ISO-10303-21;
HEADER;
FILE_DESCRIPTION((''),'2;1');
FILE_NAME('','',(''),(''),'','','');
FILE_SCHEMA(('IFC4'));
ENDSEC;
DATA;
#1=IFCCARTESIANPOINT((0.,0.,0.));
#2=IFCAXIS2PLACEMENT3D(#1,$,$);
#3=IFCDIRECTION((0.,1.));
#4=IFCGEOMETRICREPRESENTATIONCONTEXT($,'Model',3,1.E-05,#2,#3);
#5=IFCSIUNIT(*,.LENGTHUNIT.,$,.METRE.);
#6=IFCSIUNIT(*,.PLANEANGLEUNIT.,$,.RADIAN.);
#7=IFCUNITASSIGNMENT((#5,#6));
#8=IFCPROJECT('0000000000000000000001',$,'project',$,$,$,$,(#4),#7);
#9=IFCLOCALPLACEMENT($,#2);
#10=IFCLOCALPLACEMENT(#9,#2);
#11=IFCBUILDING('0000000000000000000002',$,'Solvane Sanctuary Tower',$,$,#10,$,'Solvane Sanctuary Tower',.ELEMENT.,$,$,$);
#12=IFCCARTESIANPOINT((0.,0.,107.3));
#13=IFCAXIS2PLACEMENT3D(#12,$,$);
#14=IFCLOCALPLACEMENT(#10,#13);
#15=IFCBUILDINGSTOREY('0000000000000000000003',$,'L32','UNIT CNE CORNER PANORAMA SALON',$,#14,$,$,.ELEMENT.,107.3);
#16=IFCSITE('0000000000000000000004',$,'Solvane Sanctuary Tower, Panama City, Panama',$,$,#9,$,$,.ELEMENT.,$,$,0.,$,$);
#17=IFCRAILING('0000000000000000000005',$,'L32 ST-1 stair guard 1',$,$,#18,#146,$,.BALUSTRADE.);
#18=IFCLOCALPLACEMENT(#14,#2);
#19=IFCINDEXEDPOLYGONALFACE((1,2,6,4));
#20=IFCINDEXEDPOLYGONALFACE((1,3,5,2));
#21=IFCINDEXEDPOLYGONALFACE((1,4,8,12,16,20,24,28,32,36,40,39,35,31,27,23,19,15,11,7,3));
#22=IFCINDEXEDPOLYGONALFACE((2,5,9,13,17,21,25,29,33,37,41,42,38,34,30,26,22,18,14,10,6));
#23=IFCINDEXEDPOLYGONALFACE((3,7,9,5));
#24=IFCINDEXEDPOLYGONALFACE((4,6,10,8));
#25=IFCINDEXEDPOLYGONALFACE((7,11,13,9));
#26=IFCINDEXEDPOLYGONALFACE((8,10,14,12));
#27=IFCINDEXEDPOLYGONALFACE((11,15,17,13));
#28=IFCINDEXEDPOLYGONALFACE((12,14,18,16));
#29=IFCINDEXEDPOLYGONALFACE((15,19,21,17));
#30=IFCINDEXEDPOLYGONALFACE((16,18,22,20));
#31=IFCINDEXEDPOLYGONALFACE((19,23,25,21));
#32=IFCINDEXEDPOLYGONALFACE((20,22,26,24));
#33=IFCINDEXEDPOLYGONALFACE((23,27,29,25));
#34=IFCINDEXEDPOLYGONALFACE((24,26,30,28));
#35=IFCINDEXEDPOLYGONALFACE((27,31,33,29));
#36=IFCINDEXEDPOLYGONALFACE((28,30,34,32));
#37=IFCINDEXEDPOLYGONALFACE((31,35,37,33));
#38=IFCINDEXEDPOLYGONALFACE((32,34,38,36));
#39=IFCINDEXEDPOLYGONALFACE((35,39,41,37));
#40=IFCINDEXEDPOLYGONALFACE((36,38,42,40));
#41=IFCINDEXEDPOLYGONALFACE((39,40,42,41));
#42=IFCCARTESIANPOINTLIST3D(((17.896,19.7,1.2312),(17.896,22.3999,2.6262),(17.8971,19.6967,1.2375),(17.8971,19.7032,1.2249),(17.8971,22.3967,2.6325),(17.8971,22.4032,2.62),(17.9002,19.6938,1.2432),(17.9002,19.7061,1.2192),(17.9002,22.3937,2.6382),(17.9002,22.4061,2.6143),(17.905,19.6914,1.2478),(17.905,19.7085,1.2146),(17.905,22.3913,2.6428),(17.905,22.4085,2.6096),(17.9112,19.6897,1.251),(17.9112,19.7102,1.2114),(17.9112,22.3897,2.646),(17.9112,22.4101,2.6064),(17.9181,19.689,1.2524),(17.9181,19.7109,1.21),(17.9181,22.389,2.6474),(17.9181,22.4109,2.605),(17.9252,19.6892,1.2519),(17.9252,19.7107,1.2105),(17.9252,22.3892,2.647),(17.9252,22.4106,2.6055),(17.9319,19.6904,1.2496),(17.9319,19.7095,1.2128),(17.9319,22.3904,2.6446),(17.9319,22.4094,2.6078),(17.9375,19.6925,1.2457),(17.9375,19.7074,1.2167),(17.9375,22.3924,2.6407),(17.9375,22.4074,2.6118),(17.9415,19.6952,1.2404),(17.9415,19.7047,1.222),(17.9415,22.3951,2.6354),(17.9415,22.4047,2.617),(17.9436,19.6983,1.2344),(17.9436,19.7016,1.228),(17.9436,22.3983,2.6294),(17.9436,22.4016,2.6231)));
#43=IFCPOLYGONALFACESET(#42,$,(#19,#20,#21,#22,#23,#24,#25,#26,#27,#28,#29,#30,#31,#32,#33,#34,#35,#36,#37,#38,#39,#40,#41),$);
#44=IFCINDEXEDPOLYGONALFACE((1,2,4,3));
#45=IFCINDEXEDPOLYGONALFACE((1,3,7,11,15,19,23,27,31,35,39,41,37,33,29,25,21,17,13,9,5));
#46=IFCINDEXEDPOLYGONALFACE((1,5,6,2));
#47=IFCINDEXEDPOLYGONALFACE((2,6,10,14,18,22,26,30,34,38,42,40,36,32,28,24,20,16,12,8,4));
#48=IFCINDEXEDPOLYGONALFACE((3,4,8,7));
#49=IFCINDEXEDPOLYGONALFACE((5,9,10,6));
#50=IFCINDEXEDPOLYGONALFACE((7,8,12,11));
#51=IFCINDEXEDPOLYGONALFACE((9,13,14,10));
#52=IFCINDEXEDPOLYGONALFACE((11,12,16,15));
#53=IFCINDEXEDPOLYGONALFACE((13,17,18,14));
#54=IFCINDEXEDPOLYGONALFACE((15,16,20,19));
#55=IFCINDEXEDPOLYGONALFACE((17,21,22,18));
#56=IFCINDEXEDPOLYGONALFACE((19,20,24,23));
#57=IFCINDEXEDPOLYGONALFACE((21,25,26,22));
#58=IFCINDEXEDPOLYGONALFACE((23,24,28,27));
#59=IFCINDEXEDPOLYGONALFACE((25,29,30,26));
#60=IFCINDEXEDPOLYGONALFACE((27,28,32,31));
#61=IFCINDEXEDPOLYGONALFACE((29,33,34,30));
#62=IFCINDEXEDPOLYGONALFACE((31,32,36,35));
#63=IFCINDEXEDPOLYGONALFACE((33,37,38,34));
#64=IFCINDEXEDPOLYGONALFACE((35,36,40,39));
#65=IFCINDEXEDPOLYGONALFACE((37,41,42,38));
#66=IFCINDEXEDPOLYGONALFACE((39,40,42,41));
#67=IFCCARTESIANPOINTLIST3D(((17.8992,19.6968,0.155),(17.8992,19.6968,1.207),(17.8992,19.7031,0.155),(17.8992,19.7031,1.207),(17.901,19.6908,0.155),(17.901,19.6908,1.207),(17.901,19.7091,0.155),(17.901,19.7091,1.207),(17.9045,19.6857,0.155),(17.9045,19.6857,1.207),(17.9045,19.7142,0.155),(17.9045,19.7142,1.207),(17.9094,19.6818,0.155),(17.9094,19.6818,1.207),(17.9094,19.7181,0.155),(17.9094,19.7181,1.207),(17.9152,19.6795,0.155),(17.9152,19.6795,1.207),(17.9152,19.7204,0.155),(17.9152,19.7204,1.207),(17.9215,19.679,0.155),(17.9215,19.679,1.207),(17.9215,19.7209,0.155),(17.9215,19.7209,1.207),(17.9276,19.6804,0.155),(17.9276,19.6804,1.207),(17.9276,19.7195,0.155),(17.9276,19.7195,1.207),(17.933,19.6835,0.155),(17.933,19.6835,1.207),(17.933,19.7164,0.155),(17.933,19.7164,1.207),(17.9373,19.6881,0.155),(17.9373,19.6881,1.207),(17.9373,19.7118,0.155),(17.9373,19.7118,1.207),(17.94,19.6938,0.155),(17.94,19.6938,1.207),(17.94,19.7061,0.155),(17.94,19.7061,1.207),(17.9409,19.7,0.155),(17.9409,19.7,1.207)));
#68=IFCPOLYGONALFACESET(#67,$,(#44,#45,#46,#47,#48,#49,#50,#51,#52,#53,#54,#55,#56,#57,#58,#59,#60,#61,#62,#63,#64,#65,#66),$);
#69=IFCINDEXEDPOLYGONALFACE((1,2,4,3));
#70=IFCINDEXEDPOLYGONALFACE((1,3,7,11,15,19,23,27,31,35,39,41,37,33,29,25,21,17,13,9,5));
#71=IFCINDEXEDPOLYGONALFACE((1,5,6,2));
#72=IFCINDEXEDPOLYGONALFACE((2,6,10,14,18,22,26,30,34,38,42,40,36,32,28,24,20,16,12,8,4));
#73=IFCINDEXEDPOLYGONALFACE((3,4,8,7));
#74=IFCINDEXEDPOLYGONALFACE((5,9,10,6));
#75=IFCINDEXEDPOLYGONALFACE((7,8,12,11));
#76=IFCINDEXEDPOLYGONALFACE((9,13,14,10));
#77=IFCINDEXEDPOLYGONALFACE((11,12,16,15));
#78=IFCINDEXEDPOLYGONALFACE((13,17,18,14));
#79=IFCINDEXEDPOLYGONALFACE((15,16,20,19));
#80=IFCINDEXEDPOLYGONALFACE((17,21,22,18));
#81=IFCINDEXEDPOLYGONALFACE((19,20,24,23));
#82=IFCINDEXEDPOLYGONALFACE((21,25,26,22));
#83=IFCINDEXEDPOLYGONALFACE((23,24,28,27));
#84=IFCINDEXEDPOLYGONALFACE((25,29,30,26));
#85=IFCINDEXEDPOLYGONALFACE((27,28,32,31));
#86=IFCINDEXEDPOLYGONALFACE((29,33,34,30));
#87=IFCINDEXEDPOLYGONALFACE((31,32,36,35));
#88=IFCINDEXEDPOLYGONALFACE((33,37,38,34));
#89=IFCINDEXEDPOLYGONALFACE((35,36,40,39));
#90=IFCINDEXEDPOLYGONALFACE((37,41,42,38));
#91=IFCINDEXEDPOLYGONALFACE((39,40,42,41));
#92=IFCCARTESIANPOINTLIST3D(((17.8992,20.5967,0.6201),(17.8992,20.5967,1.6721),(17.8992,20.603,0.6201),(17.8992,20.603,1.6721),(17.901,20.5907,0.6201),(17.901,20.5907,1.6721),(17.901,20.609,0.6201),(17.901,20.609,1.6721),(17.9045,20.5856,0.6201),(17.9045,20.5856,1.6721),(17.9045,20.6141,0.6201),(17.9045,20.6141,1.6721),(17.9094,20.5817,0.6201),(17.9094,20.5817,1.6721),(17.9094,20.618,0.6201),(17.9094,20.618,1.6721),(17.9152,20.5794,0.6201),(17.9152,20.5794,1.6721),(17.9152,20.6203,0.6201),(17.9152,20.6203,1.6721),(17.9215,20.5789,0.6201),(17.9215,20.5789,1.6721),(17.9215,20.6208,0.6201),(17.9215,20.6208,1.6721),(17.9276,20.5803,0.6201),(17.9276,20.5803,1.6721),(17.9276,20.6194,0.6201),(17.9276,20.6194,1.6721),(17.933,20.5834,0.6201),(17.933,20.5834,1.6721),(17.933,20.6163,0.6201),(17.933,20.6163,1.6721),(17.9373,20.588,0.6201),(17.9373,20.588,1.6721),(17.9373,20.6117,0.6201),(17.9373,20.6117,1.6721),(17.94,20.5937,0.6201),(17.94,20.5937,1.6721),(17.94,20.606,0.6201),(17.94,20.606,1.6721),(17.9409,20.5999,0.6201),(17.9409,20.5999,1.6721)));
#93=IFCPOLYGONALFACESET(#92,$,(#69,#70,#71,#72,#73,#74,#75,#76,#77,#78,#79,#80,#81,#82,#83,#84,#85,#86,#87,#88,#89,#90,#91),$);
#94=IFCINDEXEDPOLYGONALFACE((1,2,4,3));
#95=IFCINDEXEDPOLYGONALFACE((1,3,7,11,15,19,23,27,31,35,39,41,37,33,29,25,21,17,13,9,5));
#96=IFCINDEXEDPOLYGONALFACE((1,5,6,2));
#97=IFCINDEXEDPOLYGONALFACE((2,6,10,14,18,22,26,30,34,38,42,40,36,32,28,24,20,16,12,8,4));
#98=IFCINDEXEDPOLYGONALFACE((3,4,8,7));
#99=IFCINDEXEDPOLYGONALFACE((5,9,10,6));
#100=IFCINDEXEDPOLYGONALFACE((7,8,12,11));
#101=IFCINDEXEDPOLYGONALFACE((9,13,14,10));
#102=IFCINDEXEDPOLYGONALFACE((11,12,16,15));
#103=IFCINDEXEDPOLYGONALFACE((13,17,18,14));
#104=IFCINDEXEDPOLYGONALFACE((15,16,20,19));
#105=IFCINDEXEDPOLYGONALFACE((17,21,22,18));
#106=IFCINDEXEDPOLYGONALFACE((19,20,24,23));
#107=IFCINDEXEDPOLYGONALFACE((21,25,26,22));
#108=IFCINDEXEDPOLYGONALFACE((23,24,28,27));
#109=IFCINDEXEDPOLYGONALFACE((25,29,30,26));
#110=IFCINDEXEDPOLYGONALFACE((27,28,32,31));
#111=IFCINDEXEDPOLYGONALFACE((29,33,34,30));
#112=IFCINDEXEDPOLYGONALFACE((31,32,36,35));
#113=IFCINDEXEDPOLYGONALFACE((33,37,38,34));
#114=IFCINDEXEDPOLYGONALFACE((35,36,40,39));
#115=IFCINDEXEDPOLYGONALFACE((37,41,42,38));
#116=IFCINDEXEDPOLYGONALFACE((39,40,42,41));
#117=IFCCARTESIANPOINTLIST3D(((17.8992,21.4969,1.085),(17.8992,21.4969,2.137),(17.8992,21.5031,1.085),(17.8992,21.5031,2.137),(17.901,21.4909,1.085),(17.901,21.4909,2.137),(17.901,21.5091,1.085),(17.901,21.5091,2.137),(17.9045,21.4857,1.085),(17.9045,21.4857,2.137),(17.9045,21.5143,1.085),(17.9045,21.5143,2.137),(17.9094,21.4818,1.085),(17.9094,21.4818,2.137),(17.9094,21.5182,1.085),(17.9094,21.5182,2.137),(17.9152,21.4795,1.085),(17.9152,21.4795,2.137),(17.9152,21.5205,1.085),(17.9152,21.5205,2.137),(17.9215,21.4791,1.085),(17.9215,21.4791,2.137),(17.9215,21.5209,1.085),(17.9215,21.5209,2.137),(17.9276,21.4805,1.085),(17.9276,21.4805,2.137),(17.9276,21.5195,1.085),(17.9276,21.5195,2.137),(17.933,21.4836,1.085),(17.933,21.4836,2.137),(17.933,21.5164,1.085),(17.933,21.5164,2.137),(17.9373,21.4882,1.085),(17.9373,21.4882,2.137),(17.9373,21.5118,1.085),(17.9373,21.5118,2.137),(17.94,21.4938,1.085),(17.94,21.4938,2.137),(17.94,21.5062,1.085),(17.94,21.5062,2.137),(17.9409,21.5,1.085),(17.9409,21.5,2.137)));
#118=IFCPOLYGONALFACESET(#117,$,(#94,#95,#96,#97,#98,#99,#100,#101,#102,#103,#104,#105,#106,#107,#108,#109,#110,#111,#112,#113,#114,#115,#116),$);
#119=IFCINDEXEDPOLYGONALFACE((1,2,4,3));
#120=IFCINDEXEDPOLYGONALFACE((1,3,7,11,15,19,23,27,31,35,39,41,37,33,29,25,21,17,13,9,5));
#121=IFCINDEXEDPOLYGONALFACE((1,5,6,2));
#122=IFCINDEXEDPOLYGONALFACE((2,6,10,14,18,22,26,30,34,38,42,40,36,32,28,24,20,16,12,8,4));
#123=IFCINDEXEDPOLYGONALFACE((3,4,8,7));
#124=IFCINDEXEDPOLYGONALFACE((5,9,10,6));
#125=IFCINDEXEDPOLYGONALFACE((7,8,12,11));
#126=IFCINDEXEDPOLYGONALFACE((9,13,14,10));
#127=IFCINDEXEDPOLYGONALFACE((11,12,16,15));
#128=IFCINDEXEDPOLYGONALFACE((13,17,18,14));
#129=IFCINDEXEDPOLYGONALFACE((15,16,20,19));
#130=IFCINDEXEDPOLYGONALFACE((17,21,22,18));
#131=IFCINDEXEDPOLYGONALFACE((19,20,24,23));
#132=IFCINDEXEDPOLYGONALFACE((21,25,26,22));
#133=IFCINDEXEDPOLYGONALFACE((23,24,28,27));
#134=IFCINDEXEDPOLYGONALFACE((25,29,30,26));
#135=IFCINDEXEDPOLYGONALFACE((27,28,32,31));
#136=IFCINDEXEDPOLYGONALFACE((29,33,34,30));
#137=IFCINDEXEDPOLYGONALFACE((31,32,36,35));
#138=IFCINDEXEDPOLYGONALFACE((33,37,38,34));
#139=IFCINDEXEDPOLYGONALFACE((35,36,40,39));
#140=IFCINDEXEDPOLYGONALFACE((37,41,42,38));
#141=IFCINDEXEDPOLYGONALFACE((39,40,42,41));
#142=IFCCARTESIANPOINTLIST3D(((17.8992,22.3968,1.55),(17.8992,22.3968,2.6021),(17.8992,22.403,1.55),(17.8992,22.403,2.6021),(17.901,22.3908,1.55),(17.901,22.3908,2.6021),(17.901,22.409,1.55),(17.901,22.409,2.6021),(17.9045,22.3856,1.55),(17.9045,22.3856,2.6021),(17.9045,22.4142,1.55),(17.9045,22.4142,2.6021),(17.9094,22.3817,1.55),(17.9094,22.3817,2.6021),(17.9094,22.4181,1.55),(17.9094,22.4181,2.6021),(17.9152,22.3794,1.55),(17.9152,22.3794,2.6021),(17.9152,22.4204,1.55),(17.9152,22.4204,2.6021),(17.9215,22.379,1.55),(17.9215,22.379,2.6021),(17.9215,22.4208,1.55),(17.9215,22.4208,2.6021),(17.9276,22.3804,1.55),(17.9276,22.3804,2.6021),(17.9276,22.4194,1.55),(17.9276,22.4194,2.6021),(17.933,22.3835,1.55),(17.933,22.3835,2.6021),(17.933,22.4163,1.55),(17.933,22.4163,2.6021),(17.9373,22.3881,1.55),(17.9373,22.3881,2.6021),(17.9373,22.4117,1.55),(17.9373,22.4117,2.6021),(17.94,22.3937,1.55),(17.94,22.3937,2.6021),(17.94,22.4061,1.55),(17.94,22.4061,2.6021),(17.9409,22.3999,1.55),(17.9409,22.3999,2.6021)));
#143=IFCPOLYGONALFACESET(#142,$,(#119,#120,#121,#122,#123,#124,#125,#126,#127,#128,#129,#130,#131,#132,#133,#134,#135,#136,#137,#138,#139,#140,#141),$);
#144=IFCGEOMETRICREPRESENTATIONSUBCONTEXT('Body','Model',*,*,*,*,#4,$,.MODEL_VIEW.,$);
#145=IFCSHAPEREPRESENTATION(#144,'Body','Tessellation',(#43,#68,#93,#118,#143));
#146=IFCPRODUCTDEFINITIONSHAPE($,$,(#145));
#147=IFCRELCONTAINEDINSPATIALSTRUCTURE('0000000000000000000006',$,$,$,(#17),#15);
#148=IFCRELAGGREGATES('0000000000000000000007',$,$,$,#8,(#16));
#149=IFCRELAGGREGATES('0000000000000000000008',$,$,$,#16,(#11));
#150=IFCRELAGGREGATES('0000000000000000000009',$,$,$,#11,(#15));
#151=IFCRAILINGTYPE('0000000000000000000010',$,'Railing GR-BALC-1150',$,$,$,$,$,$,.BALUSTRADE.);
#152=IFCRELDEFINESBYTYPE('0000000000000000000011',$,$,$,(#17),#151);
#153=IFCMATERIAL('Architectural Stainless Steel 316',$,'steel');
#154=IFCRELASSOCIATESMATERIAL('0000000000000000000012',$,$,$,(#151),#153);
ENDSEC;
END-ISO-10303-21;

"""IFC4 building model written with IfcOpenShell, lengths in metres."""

from ifc_helpers import new_model, si_unit, direction, frame, origin, origin_2d, place, context, subcontext, project, spatial, circle, extrude, material, type_object, element, save


model = new_model("IFC4")

# Units and contexts
model_context = context("Model", 3, precision=1e-05, world=origin(), true_north=direction((0.0, 1.0)))
body_context = subcontext(model_context, "Body", "Model", "MODEL_VIEW")
ifc_project = project(units=[si_unit("LENGTHUNIT", "METRE"), si_unit("PLANEANGLEUNIT", "RADIAN")], contexts=[model_context])

# Site, building, storey
site_placement = place(None, origin())
site = spatial("IfcSite", under=ifc_project, at=site_placement, Name="Solvane Sanctuary Tower, Panama City, Panama", CompositionType="ELEMENT", RefElevation=0.0)
building_placement = place(site_placement, origin())
building = spatial("IfcBuilding", under=site, at=building_placement, Name="Solvane Sanctuary Tower", LongName="Solvane Sanctuary Tower", CompositionType="ELEMENT")
storey_placement = place(building_placement, frame((0.0, 0.0, 107.3)))
storey = spatial("IfcBuildingStorey", under=building, at=storey_placement, Name="L32", Description="UNIT CNE CORNER PANORAMA SALON", CompositionType="ELEMENT", Elevation=107.3)

# Shared definitions
ifc_material_1 = material(Name="Architectural Stainless Steel 316", Category="steel")

# Railing
railing_type = type_object("IfcRailingType", Name="Railing GR-BALC-1150", PredefinedType="BALUSTRADE", material=ifc_material_1)
railing_1_placement = place(storey_placement, frame((17.9199, 19.7, 0.155)))
element("IfcRailing", 1, at=railing_1_placement, inside=storey, type_object=railing_type, Name="L32 ST-1 stair guard 1", PredefinedType="BALUSTRADE", context=body_context, shape_type="SweptSolid", body=[
    extrude(circle(Radius=0.0239, at=origin_2d()), frame((0.0, 0.0, 1.0762), z_axis=(0.0, 0.88842, 0.459032), x_axis=(-1.0, 0.0, 0.0)), (0.0, 0.0, 1.0), 3.0391),
    extrude(circle(Radius=0.021, at=origin_2d()), origin(), (0.0, 0.0, 1.0), 1.052),
    extrude(circle(Radius=0.021, at=origin_2d()), frame((0.0, 0.8999, 0.4651)), (0.0, 0.0, 1.0), 1.052),
    extrude(circle(Radius=0.021, at=origin_2d()), frame((0.0, 1.8, 0.9299)), (0.0, 0.0, 1.0), 1.052),
    extrude(circle(Radius=0.021, at=origin_2d()), frame((0.0, 2.7, 1.395)), (0.0, 0.0, 1.0), 1.052),
])

save(model, "model.ifc")
